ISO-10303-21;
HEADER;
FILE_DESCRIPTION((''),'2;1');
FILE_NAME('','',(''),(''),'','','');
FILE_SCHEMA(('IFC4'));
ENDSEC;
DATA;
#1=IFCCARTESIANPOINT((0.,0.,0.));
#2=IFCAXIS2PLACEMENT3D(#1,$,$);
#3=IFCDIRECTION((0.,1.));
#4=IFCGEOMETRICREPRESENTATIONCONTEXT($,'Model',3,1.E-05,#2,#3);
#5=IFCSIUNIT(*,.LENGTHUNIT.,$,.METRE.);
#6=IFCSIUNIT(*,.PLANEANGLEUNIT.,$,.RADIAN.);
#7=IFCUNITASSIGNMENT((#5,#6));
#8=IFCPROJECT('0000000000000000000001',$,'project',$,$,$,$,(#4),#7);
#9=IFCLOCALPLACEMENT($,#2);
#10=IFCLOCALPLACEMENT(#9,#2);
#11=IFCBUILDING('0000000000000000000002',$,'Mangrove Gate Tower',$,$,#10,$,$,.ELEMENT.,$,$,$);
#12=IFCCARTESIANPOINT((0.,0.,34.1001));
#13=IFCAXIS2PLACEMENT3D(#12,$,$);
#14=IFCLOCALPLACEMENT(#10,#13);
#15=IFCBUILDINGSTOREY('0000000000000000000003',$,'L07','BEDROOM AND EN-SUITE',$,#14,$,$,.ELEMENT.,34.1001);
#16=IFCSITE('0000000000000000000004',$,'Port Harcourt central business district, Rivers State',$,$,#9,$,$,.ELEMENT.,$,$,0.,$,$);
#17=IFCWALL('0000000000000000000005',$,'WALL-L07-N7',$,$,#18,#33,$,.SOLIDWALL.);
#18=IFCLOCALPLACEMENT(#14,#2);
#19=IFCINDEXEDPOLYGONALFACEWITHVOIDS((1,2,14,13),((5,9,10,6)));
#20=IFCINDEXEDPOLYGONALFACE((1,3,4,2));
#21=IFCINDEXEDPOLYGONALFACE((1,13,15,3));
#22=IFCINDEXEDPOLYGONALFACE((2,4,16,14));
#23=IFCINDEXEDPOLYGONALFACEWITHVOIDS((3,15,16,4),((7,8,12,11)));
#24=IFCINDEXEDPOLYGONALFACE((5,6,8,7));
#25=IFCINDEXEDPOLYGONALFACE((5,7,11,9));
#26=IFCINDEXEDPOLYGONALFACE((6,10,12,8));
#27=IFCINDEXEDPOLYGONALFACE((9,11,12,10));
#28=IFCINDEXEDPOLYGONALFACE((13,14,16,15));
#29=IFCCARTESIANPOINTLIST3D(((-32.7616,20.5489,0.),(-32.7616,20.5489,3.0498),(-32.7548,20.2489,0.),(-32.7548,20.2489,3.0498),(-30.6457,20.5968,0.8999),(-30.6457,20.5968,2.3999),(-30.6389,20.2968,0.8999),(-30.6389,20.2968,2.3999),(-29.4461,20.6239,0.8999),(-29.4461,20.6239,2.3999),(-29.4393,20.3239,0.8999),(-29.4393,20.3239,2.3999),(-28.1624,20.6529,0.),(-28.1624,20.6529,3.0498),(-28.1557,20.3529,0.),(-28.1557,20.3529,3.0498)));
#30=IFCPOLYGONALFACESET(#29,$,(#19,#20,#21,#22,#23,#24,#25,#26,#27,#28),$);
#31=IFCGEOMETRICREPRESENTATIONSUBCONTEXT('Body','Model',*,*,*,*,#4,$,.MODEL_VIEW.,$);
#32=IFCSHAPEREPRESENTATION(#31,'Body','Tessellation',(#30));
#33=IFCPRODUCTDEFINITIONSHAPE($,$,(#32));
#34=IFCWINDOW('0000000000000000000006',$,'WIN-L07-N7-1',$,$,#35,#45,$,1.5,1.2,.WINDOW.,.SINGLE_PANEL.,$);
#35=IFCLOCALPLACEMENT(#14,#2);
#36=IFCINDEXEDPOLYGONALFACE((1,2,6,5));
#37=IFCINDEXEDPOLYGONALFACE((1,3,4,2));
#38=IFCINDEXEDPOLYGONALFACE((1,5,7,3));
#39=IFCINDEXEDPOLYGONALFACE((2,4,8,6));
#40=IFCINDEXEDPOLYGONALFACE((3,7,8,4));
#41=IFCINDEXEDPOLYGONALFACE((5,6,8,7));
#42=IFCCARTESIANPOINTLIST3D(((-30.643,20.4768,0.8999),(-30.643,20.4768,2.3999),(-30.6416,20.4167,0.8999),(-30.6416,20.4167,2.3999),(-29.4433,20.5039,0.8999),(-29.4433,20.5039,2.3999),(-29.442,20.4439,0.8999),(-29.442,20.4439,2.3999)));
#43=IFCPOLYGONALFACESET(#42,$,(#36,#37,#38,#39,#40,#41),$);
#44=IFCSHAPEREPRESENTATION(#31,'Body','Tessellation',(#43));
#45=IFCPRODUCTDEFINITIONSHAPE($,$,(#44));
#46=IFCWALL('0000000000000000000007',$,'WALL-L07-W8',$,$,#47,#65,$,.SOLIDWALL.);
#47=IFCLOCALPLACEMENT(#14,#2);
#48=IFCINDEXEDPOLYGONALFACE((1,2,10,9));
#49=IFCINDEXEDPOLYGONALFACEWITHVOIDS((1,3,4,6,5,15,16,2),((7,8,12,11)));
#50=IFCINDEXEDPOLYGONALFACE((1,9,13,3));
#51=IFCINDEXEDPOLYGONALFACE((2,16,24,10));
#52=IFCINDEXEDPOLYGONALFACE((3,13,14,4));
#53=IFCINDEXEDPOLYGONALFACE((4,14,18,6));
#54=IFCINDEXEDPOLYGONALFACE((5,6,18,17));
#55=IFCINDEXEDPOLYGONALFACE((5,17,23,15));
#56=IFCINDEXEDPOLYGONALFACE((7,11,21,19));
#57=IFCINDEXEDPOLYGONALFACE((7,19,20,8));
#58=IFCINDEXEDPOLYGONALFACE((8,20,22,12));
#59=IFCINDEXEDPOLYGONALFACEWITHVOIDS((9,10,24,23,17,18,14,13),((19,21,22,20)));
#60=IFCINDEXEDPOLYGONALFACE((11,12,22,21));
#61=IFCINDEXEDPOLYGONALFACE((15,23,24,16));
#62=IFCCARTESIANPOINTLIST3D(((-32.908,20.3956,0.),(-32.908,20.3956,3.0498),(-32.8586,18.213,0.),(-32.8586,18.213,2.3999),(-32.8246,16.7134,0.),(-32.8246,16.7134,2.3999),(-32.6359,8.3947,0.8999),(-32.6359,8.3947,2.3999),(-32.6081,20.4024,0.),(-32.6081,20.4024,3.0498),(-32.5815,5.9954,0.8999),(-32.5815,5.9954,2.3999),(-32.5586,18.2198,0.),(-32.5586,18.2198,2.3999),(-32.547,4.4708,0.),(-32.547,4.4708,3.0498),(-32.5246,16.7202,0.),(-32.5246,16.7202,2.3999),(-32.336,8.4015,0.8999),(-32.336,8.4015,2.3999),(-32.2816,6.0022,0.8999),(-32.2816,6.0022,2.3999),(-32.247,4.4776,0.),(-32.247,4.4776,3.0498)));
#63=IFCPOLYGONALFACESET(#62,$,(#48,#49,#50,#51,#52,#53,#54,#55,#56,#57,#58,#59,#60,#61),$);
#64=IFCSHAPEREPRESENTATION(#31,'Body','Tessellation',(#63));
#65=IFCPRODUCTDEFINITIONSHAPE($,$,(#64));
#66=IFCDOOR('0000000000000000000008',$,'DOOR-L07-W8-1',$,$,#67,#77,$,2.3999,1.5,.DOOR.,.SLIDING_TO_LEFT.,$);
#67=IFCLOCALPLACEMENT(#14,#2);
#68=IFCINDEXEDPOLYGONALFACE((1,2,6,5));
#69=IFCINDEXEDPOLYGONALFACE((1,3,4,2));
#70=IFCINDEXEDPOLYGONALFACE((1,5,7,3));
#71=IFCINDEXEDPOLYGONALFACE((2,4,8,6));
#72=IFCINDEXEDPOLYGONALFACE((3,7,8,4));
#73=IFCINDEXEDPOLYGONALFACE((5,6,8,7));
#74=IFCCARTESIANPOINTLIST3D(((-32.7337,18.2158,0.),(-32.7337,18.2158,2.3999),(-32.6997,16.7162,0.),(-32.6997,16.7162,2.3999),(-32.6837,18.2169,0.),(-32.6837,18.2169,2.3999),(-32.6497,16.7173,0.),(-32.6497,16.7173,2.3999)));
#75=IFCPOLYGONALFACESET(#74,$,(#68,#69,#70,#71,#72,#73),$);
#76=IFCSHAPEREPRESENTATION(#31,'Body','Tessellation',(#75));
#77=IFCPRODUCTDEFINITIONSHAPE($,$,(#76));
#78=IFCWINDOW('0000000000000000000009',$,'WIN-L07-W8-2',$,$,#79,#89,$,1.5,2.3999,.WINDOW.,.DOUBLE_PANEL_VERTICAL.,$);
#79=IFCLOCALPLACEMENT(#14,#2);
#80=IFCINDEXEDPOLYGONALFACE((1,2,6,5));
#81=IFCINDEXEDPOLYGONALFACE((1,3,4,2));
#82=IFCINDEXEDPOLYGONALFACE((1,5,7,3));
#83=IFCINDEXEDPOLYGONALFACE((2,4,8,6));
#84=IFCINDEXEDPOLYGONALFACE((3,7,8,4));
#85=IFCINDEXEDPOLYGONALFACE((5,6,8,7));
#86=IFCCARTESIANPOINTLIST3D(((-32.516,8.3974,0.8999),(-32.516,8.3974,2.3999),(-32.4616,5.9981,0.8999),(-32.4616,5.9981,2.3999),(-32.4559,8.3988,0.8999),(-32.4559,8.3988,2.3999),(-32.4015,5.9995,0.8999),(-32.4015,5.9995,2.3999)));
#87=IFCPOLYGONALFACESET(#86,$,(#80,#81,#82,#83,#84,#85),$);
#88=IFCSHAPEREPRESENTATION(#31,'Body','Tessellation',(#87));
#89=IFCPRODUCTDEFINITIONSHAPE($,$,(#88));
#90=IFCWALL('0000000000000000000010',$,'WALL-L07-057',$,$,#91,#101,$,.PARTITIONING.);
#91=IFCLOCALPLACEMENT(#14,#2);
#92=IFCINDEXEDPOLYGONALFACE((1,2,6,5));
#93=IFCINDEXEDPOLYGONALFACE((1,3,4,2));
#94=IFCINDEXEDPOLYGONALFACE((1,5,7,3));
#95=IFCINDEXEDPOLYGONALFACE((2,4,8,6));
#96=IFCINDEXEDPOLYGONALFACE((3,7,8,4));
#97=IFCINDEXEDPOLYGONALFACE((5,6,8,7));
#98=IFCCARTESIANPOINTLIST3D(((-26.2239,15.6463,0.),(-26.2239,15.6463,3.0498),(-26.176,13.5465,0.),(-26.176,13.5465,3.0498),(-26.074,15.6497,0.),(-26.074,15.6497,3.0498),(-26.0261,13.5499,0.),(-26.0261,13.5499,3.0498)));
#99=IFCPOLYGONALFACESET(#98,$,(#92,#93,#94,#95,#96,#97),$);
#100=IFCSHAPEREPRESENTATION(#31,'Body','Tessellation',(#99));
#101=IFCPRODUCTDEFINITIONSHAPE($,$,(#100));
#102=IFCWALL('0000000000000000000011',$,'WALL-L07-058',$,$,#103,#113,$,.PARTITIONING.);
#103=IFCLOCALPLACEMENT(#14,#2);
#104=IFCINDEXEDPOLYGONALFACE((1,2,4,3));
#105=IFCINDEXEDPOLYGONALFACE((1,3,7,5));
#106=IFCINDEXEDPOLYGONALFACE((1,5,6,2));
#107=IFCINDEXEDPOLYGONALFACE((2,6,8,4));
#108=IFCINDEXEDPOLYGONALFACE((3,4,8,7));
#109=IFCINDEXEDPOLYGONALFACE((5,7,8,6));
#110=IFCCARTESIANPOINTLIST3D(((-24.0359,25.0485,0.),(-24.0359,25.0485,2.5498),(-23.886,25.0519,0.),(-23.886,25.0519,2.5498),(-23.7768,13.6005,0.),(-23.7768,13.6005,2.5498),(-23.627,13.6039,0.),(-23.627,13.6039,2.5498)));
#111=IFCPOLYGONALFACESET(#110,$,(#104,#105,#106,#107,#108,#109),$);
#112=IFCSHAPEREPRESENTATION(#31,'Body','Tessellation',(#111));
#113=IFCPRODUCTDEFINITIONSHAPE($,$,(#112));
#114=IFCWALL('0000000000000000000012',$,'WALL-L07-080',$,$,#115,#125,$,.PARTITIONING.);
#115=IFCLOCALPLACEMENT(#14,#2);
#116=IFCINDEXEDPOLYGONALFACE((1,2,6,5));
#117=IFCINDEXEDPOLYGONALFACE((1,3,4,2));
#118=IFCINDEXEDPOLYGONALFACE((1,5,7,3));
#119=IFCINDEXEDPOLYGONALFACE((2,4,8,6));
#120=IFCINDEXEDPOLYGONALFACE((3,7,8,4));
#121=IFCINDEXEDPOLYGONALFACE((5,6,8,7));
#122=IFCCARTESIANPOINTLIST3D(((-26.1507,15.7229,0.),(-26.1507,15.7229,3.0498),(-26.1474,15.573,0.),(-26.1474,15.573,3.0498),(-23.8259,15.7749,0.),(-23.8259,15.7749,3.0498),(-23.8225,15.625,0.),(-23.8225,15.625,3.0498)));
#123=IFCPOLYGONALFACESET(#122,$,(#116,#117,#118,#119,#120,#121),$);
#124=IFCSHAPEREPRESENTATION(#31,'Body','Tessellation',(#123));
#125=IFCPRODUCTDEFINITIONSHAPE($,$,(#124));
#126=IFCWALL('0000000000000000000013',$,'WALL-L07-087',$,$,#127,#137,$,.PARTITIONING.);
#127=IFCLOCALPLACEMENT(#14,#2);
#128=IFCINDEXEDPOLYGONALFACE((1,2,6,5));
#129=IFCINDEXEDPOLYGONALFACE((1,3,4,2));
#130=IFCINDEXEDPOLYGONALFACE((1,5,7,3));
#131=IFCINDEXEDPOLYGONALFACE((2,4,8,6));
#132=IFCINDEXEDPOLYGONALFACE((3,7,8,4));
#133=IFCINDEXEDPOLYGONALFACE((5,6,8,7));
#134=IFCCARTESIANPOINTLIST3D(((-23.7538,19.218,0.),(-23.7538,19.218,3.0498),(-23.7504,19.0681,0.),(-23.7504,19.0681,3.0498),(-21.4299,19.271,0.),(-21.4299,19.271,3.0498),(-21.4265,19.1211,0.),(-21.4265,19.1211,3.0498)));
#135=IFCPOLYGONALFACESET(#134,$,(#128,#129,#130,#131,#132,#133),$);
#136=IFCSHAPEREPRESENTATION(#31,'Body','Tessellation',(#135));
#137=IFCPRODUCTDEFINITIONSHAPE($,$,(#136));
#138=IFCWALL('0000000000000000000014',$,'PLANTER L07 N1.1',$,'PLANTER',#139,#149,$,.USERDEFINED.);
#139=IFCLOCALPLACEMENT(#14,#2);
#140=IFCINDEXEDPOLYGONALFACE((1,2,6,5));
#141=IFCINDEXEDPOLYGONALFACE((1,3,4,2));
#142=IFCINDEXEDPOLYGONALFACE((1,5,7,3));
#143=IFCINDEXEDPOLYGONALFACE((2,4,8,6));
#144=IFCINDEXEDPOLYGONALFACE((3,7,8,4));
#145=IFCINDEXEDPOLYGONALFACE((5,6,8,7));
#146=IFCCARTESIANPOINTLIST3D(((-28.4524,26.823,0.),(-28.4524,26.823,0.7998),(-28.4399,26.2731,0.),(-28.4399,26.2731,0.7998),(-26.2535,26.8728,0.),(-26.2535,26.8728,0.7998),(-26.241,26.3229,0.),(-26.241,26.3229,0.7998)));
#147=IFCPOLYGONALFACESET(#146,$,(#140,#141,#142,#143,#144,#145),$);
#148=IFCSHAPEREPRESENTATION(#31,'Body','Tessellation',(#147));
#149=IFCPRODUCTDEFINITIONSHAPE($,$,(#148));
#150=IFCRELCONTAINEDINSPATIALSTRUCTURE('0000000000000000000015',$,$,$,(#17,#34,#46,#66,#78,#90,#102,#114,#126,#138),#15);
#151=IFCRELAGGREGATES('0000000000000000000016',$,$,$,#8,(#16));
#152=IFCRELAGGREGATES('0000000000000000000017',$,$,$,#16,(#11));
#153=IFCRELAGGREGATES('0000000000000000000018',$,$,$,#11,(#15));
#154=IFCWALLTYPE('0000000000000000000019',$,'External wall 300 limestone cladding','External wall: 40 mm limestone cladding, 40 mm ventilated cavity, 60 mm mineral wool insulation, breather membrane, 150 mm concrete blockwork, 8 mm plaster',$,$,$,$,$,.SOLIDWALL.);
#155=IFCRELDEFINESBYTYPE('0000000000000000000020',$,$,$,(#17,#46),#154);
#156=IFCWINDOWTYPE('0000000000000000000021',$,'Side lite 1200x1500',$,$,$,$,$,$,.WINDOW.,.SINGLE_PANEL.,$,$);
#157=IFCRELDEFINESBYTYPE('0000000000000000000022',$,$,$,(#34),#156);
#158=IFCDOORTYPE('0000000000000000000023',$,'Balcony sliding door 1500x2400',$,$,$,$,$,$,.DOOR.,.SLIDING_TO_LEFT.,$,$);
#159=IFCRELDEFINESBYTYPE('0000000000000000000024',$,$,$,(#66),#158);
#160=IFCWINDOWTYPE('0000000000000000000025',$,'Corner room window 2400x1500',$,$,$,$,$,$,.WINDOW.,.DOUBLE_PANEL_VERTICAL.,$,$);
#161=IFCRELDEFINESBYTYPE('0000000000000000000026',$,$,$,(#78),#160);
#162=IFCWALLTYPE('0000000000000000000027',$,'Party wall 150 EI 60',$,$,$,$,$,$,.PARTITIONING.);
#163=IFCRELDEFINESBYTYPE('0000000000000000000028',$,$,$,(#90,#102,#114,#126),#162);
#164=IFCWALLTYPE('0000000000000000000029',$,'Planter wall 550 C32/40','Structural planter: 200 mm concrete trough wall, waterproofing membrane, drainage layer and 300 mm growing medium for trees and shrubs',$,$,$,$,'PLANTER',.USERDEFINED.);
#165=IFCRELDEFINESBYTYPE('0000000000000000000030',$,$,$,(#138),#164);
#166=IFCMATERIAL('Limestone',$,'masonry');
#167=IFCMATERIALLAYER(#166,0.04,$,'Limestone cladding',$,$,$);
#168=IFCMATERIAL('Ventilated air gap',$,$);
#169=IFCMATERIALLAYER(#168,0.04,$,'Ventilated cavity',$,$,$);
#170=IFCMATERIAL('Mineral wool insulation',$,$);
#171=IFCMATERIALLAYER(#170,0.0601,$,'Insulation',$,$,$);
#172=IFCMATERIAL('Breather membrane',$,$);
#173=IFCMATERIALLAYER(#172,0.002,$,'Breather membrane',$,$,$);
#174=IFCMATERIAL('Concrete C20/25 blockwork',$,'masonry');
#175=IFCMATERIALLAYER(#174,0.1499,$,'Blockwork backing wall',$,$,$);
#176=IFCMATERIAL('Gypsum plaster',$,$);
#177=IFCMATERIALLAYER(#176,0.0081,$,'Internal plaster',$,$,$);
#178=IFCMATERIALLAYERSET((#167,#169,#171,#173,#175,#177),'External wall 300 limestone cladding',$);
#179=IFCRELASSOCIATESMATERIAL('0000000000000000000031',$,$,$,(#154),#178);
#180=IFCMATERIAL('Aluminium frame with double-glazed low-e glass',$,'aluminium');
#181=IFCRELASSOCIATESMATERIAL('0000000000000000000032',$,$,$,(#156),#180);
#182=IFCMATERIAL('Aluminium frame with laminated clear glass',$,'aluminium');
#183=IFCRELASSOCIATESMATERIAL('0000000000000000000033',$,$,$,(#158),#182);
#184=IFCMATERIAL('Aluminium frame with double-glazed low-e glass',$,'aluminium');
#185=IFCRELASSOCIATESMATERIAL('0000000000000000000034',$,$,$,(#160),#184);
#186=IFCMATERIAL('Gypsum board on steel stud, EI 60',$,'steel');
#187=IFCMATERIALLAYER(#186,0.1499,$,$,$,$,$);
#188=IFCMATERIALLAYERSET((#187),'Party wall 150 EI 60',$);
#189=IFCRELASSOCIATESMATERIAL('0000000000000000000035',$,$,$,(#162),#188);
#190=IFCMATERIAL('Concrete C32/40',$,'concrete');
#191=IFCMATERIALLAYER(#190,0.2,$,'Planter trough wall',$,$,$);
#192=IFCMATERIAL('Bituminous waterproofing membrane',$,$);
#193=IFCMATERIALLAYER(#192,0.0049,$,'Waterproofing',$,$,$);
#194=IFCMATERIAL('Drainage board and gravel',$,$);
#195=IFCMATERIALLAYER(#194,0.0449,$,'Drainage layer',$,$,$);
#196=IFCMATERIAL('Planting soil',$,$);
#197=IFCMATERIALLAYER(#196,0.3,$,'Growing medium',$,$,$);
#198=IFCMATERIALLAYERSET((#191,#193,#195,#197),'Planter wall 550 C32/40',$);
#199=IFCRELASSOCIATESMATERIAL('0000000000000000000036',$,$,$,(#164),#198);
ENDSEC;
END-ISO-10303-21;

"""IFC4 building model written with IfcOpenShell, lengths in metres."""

from ifc_helpers import new_model, si_unit, direction, frame, frame_2d, origin, place, context, subcontext, project, spatial, rectangle, extrude, material, layer, layer_set, type_object, element, fill, save


model = new_model("IFC4")

# Units and contexts
model_context = context("Model", 3, precision=1e-05, world=origin(), true_north=direction((0.0, 1.0)))
body_context = subcontext(model_context, "Body", "Model", "MODEL_VIEW")
ifc_project = project(units=[si_unit("LENGTHUNIT", "METRE"), si_unit("PLANEANGLEUNIT", "RADIAN")], contexts=[model_context])

# Site, building, storey
site_placement = place(None, origin())
site = spatial("IfcSite", under=ifc_project, at=site_placement, Name="Port Harcourt central business district, Rivers State", CompositionType="ELEMENT", RefElevation=0.0)
building_placement = place(site_placement, origin())
building = spatial("IfcBuilding", under=site, at=building_placement, Name="Mangrove Gate Tower", CompositionType="ELEMENT")
storey_placement = place(building_placement, frame((0.0, 0.0, 34.1001)))
storey = spatial("IfcBuildingStorey", under=building, at=storey_placement, Name="L07", Description="BEDROOM AND EN-SUITE", CompositionType="ELEMENT", Elevation=34.1001)

# Wall, opening, window
ifc_material_1 = material(Name="Limestone", Category="masonry")
ifc_layer_1 = layer(ifc_material_1, 0.04, Name="Limestone cladding")
ifc_material_2 = material(Name="Ventilated air gap")
ifc_layer_2 = layer(ifc_material_2, 0.04, Name="Ventilated cavity")
ifc_material_3 = material(Name="Mineral wool insulation")
ifc_layer_3 = layer(ifc_material_3, 0.0601, Name="Insulation")
ifc_material_4 = material(Name="Breather membrane")
ifc_layer_4 = layer(ifc_material_4, 0.002, Name="Breather membrane")
ifc_material_5 = material(Name="Concrete C20/25 blockwork", Category="masonry")
ifc_layer_5 = layer(ifc_material_5, 0.1499, Name="Blockwork backing wall")
ifc_material_6 = material(Name="Gypsum plaster")
ifc_layer_6 = layer(ifc_material_6, 0.0081, Name="Internal plaster")
ifc_layer_set_1 = layer_set([ifc_layer_1, ifc_layer_2, ifc_layer_3, ifc_layer_4, ifc_layer_5, ifc_layer_6], Name="External wall 300 limestone cladding")
wall_type_1 = type_object("IfcWallType", Name="External wall 300 limestone cladding", Description="External wall: 40 mm limestone cladding, 40 mm ventilated cavity, 60 mm mineral wool insulation, breather membrane, 150 mm concrete blockwork, 8 mm plaster", PredefinedType="SOLIDWALL", material=ifc_layer_set_1)
ifc_material_7 = material(Name="Aluminium frame with double-glazed low-e glass", Category="aluminium")
window_type_1 = type_object("IfcWindowType", Name="Side lite 1200x1500", PartitioningType="SINGLE_PANEL", PredefinedType="WINDOW", material=ifc_material_7)
wall_1_placement = place(storey_placement, frame((-28.1589, 20.5029, 0.0), z_axis=(0.0, 0.0, 1.0), x_axis=(-0.999744, -0.022608, 0.0)))
wall_1 = element("IfcWall", 1, at=wall_1_placement, inside=storey, type_object=wall_type_1, Name="WALL-L07-N7", PredefinedType="SOLIDWALL", context=body_context, shape_type="SweptSolid", body=[
    extrude(rectangle(XDim=4.6003, YDim=0.3, at=frame_2d((2.3003, 0.0))), origin(), (0.0, 0.0, 1.0), 3.0498),
])
opening_1_placement = place(wall_1_placement, frame((1.2839, 0.0, 0.8999)))
opening_1 = element("IfcOpeningElement", 2, at=opening_1_placement, cuts=wall_1, PredefinedType="OPENING", context=body_context, shape_type="SweptSolid", body=[
    extrude(rectangle(XDim=1.2, YDim=1.5, at=frame_2d((0.6001, 0.75))), frame((0.0, 0.1599, 0.0), z_axis=(0.0, -1.0, 0.0), x_axis=(1.0, 0.0, 0.0)), (0.0, 0.0, 1.0), 0.3201),
])
window_1_placement = place(opening_1_placement, origin())
window_1 = element("IfcWindow", 3, at=window_1_placement, inside=storey, type_object=window_type_1, Name="WIN-L07-N7-1", OverallHeight=1.5, OverallWidth=1.2, PartitioningType="SINGLE_PANEL", PredefinedType="WINDOW", context=body_context, shape_type="SweptSolid", body=[
    extrude(rectangle(XDim=1.2, YDim=1.5, at=frame_2d((0.6001, 0.75))), frame((0.0, 0.03, 0.0), z_axis=(0.0, -1.0, 0.0), x_axis=(1.0, 0.0, 0.0)), (0.0, 0.0, 1.0), 0.0601),
])
fill(opening_1, window_1)

# Wall, openings, door, window
wall_2_placement = place(storey_placement, frame((-32.7581, 20.3989, 0.0), z_axis=(0.0, 0.0, 1.0), x_axis=(0.022668, -0.999743, 0.0)))
wall_2 = element("IfcWall", 4, at=wall_2_placement, inside=storey, type_object=wall_type_1, Name="WALL-L07-W8", PredefinedType="SOLIDWALL", context=body_context, shape_type="SweptSolid", body=[
    extrude(rectangle(XDim=15.929, YDim=0.3, at=frame_2d((7.9644, 0.0))), origin(), (0.0, 0.0, 1.0), 3.0498),
])
opening_2_placement = place(wall_2_placement, frame((2.1831, 0.0, 0.0)))
opening_2 = element("IfcOpeningElement", 5, at=opening_2_placement, cuts=wall_2, PredefinedType="OPENING", context=body_context, shape_type="SweptSolid", body=[
    extrude(rectangle(XDim=1.5, YDim=2.3999, at=frame_2d((0.75, 1.2))), frame((0.0, 0.1599, 0.0), z_axis=(0.0, -1.0, 0.0), x_axis=(1.0, 0.0, 0.0)), (0.0, 0.0, 1.0), 0.3201),
])
opening_3_placement = place(wall_2_placement, frame((12.0039, 0.0, 0.8999)))
opening_3 = element("IfcOpeningElement", 6, at=opening_3_placement, cuts=wall_2, PredefinedType="OPENING", context=body_context, shape_type="SweptSolid", body=[
    extrude(rectangle(XDim=2.3999, YDim=1.5, at=frame_2d((1.2, 0.75))), frame((0.0, 0.1599, 0.0), z_axis=(0.0, -1.0, 0.0), x_axis=(1.0, 0.0, 0.0)), (0.0, 0.0, 1.0), 0.3201),
])
ifc_material_8 = material(Name="Aluminium frame with laminated clear glass", Category="aluminium")
door_type = type_object("IfcDoorType", Name="Balcony sliding door 1500x2400", OperationType="SLIDING_TO_LEFT", PredefinedType="DOOR", material=ifc_material_8)
door_placement = place(opening_2_placement, origin())
door = element("IfcDoor", 7, at=door_placement, inside=storey, type_object=door_type, Name="DOOR-L07-W8-1", OperationType="SLIDING_TO_LEFT", OverallHeight=2.3999, OverallWidth=1.5, PredefinedType="DOOR", context=body_context, shape_type="SweptSolid", body=[
    extrude(rectangle(XDim=1.5, YDim=2.3999, at=frame_2d((0.75, 1.2))), frame((0.0, 0.0249, 0.0), z_axis=(0.0, -1.0, 0.0), x_axis=(1.0, 0.0, 0.0)), (0.0, 0.0, 1.0), 0.05),
])
fill(opening_2, door)
ifc_material_9 = material(Name="Aluminium frame with double-glazed low-e glass", Category="aluminium")
window_type_2 = type_object("IfcWindowType", Name="Corner room window 2400x1500", PartitioningType="DOUBLE_PANEL_VERTICAL", PredefinedType="WINDOW", material=ifc_material_9)
window_2_placement = place(opening_3_placement, origin())
window_2 = element("IfcWindow", 8, at=window_2_placement, inside=storey, type_object=window_type_2, Name="WIN-L07-W8-2", OverallHeight=1.5, OverallWidth=2.3999, PartitioningType="DOUBLE_PANEL_VERTICAL", PredefinedType="WINDOW", context=body_context, shape_type="SweptSolid", body=[
    extrude(rectangle(XDim=2.3999, YDim=1.5, at=frame_2d((1.2, 0.75))), frame((0.0, 0.03, 0.0), z_axis=(0.0, -1.0, 0.0), x_axis=(1.0, 0.0, 0.0)), (0.0, 0.0, 1.0), 0.0601),
])
fill(opening_3, window_2)

# Walls
ifc_material_10 = material(Name="Gypsum board on steel stud, EI 60", Category="steel")
ifc_layer_7 = layer(ifc_material_10, 0.1499)
ifc_layer_set_2 = layer_set([ifc_layer_7], Name="Party wall 150 EI 60")
wall_type_2 = type_object("IfcWallType", Name="Party wall 150 EI 60", PredefinedType="PARTITIONING", material=ifc_layer_set_2)
wall_3_placement = place(storey_placement, frame((-26.1011, 13.5481, 0.0), z_axis=(0.0, 0.0, 1.0), x_axis=(-0.022782, 0.99974, 0.0)))
element("IfcWall", 9, at=wall_3_placement, inside=storey, type_object=wall_type_2, Name="WALL-L07-057", PredefinedType="PARTITIONING", context=body_context, shape_type="SweptSolid", body=[
    extrude(rectangle(XDim=2.1003, YDim=0.1499, at=frame_2d((1.0503, 0.0))), origin(), (0.0, 0.0, 1.0), 3.0498),
])
wall_4_placement = place(storey_placement, frame((-23.7019, 13.6021, 0.0), z_axis=(0.0, 0.0, 1.0), x_axis=(-0.022621, 0.999744, 0.0)))
element("IfcWall", 10, at=wall_4_placement, inside=storey, type_object=wall_type_2, Name="WALL-L07-058", PredefinedType="PARTITIONING", context=body_context, shape_type="SweptSolid", body=[
    extrude(rectangle(XDim=11.4509, YDim=0.1499, at=frame_2d((5.7256, 0.0))), origin(), (0.0, 0.0, 1.0), 2.5498),
])
wall_5_placement = place(storey_placement, frame((-26.1489, 15.6479, 0.0), z_axis=(0.0, 0.0, 1.0), x_axis=(0.99975, 0.022361, 0.0)))
element("IfcWall", 11, at=wall_5_placement, inside=storey, type_object=wall_type_2, Name="WALL-L07-080", PredefinedType="PARTITIONING", context=body_context, shape_type="SweptSolid", body=[
    extrude(rectangle(XDim=2.3254, YDim=0.1499, at=frame_2d((1.1626, 0.0))), origin(), (0.0, 0.0, 1.0), 3.0498),
])
wall_6_placement = place(storey_placement, frame((-23.752, 19.1431, 0.0), z_axis=(0.0, 0.0, 1.0), x_axis=(0.99974, 0.022791, 0.0)))
element("IfcWall", 12, at=wall_6_placement, inside=storey, type_object=wall_type_2, Name="WALL-L07-087", PredefinedType="PARTITIONING", context=body_context, shape_type="SweptSolid", body=[
    extrude(rectangle(XDim=2.3245, YDim=0.1499, at=frame_2d((1.1621, 0.0))), origin(), (0.0, 0.0, 1.0), 3.0498),
])
ifc_material_11 = material(Name="Concrete C32/40", Category="concrete")
ifc_layer_8 = layer(ifc_material_11, 0.2, Name="Planter trough wall")
ifc_material_12 = material(Name="Bituminous waterproofing membrane")
ifc_layer_9 = layer(ifc_material_12, 0.0049, Name="Waterproofing")
ifc_material_13 = material(Name="Drainage board and gravel")
ifc_layer_10 = layer(ifc_material_13, 0.0449, Name="Drainage layer")
ifc_material_14 = material(Name="Planting soil")
ifc_layer_11 = layer(ifc_material_14, 0.3, Name="Growing medium")
ifc_layer_set_3 = layer_set([ifc_layer_8, ifc_layer_9, ifc_layer_10, ifc_layer_11], Name="Planter wall 550 C32/40")
wall_type_3 = type_object("IfcWallType", Name="Planter wall 550 C32/40", Description="Structural planter: 200 mm concrete trough wall, waterproofing membrane, drainage layer and 300 mm growing medium for trees and shrubs", ElementType="PLANTER", PredefinedType="USERDEFINED", material=ifc_layer_set_3)
wall_7_placement = place(storey_placement, frame((-28.446, 26.5481, 0.0), z_axis=(0.0, 0.0, 1.0), x_axis=(0.999744, 0.022643, 0.0)))
element("IfcWall", 13, at=wall_7_placement, inside=storey, type_object=wall_type_3, Name="PLANTER L07 N1.1", ObjectType="PLANTER", PredefinedType="USERDEFINED", context=body_context, shape_type="SweptSolid", body=[
    extrude(rectangle(XDim=2.1995, YDim=0.55, at=frame_2d((1.0996, 0.0))), origin(), (0.0, 0.0, 1.0), 0.7998),
])

save(model, "model.ifc")
